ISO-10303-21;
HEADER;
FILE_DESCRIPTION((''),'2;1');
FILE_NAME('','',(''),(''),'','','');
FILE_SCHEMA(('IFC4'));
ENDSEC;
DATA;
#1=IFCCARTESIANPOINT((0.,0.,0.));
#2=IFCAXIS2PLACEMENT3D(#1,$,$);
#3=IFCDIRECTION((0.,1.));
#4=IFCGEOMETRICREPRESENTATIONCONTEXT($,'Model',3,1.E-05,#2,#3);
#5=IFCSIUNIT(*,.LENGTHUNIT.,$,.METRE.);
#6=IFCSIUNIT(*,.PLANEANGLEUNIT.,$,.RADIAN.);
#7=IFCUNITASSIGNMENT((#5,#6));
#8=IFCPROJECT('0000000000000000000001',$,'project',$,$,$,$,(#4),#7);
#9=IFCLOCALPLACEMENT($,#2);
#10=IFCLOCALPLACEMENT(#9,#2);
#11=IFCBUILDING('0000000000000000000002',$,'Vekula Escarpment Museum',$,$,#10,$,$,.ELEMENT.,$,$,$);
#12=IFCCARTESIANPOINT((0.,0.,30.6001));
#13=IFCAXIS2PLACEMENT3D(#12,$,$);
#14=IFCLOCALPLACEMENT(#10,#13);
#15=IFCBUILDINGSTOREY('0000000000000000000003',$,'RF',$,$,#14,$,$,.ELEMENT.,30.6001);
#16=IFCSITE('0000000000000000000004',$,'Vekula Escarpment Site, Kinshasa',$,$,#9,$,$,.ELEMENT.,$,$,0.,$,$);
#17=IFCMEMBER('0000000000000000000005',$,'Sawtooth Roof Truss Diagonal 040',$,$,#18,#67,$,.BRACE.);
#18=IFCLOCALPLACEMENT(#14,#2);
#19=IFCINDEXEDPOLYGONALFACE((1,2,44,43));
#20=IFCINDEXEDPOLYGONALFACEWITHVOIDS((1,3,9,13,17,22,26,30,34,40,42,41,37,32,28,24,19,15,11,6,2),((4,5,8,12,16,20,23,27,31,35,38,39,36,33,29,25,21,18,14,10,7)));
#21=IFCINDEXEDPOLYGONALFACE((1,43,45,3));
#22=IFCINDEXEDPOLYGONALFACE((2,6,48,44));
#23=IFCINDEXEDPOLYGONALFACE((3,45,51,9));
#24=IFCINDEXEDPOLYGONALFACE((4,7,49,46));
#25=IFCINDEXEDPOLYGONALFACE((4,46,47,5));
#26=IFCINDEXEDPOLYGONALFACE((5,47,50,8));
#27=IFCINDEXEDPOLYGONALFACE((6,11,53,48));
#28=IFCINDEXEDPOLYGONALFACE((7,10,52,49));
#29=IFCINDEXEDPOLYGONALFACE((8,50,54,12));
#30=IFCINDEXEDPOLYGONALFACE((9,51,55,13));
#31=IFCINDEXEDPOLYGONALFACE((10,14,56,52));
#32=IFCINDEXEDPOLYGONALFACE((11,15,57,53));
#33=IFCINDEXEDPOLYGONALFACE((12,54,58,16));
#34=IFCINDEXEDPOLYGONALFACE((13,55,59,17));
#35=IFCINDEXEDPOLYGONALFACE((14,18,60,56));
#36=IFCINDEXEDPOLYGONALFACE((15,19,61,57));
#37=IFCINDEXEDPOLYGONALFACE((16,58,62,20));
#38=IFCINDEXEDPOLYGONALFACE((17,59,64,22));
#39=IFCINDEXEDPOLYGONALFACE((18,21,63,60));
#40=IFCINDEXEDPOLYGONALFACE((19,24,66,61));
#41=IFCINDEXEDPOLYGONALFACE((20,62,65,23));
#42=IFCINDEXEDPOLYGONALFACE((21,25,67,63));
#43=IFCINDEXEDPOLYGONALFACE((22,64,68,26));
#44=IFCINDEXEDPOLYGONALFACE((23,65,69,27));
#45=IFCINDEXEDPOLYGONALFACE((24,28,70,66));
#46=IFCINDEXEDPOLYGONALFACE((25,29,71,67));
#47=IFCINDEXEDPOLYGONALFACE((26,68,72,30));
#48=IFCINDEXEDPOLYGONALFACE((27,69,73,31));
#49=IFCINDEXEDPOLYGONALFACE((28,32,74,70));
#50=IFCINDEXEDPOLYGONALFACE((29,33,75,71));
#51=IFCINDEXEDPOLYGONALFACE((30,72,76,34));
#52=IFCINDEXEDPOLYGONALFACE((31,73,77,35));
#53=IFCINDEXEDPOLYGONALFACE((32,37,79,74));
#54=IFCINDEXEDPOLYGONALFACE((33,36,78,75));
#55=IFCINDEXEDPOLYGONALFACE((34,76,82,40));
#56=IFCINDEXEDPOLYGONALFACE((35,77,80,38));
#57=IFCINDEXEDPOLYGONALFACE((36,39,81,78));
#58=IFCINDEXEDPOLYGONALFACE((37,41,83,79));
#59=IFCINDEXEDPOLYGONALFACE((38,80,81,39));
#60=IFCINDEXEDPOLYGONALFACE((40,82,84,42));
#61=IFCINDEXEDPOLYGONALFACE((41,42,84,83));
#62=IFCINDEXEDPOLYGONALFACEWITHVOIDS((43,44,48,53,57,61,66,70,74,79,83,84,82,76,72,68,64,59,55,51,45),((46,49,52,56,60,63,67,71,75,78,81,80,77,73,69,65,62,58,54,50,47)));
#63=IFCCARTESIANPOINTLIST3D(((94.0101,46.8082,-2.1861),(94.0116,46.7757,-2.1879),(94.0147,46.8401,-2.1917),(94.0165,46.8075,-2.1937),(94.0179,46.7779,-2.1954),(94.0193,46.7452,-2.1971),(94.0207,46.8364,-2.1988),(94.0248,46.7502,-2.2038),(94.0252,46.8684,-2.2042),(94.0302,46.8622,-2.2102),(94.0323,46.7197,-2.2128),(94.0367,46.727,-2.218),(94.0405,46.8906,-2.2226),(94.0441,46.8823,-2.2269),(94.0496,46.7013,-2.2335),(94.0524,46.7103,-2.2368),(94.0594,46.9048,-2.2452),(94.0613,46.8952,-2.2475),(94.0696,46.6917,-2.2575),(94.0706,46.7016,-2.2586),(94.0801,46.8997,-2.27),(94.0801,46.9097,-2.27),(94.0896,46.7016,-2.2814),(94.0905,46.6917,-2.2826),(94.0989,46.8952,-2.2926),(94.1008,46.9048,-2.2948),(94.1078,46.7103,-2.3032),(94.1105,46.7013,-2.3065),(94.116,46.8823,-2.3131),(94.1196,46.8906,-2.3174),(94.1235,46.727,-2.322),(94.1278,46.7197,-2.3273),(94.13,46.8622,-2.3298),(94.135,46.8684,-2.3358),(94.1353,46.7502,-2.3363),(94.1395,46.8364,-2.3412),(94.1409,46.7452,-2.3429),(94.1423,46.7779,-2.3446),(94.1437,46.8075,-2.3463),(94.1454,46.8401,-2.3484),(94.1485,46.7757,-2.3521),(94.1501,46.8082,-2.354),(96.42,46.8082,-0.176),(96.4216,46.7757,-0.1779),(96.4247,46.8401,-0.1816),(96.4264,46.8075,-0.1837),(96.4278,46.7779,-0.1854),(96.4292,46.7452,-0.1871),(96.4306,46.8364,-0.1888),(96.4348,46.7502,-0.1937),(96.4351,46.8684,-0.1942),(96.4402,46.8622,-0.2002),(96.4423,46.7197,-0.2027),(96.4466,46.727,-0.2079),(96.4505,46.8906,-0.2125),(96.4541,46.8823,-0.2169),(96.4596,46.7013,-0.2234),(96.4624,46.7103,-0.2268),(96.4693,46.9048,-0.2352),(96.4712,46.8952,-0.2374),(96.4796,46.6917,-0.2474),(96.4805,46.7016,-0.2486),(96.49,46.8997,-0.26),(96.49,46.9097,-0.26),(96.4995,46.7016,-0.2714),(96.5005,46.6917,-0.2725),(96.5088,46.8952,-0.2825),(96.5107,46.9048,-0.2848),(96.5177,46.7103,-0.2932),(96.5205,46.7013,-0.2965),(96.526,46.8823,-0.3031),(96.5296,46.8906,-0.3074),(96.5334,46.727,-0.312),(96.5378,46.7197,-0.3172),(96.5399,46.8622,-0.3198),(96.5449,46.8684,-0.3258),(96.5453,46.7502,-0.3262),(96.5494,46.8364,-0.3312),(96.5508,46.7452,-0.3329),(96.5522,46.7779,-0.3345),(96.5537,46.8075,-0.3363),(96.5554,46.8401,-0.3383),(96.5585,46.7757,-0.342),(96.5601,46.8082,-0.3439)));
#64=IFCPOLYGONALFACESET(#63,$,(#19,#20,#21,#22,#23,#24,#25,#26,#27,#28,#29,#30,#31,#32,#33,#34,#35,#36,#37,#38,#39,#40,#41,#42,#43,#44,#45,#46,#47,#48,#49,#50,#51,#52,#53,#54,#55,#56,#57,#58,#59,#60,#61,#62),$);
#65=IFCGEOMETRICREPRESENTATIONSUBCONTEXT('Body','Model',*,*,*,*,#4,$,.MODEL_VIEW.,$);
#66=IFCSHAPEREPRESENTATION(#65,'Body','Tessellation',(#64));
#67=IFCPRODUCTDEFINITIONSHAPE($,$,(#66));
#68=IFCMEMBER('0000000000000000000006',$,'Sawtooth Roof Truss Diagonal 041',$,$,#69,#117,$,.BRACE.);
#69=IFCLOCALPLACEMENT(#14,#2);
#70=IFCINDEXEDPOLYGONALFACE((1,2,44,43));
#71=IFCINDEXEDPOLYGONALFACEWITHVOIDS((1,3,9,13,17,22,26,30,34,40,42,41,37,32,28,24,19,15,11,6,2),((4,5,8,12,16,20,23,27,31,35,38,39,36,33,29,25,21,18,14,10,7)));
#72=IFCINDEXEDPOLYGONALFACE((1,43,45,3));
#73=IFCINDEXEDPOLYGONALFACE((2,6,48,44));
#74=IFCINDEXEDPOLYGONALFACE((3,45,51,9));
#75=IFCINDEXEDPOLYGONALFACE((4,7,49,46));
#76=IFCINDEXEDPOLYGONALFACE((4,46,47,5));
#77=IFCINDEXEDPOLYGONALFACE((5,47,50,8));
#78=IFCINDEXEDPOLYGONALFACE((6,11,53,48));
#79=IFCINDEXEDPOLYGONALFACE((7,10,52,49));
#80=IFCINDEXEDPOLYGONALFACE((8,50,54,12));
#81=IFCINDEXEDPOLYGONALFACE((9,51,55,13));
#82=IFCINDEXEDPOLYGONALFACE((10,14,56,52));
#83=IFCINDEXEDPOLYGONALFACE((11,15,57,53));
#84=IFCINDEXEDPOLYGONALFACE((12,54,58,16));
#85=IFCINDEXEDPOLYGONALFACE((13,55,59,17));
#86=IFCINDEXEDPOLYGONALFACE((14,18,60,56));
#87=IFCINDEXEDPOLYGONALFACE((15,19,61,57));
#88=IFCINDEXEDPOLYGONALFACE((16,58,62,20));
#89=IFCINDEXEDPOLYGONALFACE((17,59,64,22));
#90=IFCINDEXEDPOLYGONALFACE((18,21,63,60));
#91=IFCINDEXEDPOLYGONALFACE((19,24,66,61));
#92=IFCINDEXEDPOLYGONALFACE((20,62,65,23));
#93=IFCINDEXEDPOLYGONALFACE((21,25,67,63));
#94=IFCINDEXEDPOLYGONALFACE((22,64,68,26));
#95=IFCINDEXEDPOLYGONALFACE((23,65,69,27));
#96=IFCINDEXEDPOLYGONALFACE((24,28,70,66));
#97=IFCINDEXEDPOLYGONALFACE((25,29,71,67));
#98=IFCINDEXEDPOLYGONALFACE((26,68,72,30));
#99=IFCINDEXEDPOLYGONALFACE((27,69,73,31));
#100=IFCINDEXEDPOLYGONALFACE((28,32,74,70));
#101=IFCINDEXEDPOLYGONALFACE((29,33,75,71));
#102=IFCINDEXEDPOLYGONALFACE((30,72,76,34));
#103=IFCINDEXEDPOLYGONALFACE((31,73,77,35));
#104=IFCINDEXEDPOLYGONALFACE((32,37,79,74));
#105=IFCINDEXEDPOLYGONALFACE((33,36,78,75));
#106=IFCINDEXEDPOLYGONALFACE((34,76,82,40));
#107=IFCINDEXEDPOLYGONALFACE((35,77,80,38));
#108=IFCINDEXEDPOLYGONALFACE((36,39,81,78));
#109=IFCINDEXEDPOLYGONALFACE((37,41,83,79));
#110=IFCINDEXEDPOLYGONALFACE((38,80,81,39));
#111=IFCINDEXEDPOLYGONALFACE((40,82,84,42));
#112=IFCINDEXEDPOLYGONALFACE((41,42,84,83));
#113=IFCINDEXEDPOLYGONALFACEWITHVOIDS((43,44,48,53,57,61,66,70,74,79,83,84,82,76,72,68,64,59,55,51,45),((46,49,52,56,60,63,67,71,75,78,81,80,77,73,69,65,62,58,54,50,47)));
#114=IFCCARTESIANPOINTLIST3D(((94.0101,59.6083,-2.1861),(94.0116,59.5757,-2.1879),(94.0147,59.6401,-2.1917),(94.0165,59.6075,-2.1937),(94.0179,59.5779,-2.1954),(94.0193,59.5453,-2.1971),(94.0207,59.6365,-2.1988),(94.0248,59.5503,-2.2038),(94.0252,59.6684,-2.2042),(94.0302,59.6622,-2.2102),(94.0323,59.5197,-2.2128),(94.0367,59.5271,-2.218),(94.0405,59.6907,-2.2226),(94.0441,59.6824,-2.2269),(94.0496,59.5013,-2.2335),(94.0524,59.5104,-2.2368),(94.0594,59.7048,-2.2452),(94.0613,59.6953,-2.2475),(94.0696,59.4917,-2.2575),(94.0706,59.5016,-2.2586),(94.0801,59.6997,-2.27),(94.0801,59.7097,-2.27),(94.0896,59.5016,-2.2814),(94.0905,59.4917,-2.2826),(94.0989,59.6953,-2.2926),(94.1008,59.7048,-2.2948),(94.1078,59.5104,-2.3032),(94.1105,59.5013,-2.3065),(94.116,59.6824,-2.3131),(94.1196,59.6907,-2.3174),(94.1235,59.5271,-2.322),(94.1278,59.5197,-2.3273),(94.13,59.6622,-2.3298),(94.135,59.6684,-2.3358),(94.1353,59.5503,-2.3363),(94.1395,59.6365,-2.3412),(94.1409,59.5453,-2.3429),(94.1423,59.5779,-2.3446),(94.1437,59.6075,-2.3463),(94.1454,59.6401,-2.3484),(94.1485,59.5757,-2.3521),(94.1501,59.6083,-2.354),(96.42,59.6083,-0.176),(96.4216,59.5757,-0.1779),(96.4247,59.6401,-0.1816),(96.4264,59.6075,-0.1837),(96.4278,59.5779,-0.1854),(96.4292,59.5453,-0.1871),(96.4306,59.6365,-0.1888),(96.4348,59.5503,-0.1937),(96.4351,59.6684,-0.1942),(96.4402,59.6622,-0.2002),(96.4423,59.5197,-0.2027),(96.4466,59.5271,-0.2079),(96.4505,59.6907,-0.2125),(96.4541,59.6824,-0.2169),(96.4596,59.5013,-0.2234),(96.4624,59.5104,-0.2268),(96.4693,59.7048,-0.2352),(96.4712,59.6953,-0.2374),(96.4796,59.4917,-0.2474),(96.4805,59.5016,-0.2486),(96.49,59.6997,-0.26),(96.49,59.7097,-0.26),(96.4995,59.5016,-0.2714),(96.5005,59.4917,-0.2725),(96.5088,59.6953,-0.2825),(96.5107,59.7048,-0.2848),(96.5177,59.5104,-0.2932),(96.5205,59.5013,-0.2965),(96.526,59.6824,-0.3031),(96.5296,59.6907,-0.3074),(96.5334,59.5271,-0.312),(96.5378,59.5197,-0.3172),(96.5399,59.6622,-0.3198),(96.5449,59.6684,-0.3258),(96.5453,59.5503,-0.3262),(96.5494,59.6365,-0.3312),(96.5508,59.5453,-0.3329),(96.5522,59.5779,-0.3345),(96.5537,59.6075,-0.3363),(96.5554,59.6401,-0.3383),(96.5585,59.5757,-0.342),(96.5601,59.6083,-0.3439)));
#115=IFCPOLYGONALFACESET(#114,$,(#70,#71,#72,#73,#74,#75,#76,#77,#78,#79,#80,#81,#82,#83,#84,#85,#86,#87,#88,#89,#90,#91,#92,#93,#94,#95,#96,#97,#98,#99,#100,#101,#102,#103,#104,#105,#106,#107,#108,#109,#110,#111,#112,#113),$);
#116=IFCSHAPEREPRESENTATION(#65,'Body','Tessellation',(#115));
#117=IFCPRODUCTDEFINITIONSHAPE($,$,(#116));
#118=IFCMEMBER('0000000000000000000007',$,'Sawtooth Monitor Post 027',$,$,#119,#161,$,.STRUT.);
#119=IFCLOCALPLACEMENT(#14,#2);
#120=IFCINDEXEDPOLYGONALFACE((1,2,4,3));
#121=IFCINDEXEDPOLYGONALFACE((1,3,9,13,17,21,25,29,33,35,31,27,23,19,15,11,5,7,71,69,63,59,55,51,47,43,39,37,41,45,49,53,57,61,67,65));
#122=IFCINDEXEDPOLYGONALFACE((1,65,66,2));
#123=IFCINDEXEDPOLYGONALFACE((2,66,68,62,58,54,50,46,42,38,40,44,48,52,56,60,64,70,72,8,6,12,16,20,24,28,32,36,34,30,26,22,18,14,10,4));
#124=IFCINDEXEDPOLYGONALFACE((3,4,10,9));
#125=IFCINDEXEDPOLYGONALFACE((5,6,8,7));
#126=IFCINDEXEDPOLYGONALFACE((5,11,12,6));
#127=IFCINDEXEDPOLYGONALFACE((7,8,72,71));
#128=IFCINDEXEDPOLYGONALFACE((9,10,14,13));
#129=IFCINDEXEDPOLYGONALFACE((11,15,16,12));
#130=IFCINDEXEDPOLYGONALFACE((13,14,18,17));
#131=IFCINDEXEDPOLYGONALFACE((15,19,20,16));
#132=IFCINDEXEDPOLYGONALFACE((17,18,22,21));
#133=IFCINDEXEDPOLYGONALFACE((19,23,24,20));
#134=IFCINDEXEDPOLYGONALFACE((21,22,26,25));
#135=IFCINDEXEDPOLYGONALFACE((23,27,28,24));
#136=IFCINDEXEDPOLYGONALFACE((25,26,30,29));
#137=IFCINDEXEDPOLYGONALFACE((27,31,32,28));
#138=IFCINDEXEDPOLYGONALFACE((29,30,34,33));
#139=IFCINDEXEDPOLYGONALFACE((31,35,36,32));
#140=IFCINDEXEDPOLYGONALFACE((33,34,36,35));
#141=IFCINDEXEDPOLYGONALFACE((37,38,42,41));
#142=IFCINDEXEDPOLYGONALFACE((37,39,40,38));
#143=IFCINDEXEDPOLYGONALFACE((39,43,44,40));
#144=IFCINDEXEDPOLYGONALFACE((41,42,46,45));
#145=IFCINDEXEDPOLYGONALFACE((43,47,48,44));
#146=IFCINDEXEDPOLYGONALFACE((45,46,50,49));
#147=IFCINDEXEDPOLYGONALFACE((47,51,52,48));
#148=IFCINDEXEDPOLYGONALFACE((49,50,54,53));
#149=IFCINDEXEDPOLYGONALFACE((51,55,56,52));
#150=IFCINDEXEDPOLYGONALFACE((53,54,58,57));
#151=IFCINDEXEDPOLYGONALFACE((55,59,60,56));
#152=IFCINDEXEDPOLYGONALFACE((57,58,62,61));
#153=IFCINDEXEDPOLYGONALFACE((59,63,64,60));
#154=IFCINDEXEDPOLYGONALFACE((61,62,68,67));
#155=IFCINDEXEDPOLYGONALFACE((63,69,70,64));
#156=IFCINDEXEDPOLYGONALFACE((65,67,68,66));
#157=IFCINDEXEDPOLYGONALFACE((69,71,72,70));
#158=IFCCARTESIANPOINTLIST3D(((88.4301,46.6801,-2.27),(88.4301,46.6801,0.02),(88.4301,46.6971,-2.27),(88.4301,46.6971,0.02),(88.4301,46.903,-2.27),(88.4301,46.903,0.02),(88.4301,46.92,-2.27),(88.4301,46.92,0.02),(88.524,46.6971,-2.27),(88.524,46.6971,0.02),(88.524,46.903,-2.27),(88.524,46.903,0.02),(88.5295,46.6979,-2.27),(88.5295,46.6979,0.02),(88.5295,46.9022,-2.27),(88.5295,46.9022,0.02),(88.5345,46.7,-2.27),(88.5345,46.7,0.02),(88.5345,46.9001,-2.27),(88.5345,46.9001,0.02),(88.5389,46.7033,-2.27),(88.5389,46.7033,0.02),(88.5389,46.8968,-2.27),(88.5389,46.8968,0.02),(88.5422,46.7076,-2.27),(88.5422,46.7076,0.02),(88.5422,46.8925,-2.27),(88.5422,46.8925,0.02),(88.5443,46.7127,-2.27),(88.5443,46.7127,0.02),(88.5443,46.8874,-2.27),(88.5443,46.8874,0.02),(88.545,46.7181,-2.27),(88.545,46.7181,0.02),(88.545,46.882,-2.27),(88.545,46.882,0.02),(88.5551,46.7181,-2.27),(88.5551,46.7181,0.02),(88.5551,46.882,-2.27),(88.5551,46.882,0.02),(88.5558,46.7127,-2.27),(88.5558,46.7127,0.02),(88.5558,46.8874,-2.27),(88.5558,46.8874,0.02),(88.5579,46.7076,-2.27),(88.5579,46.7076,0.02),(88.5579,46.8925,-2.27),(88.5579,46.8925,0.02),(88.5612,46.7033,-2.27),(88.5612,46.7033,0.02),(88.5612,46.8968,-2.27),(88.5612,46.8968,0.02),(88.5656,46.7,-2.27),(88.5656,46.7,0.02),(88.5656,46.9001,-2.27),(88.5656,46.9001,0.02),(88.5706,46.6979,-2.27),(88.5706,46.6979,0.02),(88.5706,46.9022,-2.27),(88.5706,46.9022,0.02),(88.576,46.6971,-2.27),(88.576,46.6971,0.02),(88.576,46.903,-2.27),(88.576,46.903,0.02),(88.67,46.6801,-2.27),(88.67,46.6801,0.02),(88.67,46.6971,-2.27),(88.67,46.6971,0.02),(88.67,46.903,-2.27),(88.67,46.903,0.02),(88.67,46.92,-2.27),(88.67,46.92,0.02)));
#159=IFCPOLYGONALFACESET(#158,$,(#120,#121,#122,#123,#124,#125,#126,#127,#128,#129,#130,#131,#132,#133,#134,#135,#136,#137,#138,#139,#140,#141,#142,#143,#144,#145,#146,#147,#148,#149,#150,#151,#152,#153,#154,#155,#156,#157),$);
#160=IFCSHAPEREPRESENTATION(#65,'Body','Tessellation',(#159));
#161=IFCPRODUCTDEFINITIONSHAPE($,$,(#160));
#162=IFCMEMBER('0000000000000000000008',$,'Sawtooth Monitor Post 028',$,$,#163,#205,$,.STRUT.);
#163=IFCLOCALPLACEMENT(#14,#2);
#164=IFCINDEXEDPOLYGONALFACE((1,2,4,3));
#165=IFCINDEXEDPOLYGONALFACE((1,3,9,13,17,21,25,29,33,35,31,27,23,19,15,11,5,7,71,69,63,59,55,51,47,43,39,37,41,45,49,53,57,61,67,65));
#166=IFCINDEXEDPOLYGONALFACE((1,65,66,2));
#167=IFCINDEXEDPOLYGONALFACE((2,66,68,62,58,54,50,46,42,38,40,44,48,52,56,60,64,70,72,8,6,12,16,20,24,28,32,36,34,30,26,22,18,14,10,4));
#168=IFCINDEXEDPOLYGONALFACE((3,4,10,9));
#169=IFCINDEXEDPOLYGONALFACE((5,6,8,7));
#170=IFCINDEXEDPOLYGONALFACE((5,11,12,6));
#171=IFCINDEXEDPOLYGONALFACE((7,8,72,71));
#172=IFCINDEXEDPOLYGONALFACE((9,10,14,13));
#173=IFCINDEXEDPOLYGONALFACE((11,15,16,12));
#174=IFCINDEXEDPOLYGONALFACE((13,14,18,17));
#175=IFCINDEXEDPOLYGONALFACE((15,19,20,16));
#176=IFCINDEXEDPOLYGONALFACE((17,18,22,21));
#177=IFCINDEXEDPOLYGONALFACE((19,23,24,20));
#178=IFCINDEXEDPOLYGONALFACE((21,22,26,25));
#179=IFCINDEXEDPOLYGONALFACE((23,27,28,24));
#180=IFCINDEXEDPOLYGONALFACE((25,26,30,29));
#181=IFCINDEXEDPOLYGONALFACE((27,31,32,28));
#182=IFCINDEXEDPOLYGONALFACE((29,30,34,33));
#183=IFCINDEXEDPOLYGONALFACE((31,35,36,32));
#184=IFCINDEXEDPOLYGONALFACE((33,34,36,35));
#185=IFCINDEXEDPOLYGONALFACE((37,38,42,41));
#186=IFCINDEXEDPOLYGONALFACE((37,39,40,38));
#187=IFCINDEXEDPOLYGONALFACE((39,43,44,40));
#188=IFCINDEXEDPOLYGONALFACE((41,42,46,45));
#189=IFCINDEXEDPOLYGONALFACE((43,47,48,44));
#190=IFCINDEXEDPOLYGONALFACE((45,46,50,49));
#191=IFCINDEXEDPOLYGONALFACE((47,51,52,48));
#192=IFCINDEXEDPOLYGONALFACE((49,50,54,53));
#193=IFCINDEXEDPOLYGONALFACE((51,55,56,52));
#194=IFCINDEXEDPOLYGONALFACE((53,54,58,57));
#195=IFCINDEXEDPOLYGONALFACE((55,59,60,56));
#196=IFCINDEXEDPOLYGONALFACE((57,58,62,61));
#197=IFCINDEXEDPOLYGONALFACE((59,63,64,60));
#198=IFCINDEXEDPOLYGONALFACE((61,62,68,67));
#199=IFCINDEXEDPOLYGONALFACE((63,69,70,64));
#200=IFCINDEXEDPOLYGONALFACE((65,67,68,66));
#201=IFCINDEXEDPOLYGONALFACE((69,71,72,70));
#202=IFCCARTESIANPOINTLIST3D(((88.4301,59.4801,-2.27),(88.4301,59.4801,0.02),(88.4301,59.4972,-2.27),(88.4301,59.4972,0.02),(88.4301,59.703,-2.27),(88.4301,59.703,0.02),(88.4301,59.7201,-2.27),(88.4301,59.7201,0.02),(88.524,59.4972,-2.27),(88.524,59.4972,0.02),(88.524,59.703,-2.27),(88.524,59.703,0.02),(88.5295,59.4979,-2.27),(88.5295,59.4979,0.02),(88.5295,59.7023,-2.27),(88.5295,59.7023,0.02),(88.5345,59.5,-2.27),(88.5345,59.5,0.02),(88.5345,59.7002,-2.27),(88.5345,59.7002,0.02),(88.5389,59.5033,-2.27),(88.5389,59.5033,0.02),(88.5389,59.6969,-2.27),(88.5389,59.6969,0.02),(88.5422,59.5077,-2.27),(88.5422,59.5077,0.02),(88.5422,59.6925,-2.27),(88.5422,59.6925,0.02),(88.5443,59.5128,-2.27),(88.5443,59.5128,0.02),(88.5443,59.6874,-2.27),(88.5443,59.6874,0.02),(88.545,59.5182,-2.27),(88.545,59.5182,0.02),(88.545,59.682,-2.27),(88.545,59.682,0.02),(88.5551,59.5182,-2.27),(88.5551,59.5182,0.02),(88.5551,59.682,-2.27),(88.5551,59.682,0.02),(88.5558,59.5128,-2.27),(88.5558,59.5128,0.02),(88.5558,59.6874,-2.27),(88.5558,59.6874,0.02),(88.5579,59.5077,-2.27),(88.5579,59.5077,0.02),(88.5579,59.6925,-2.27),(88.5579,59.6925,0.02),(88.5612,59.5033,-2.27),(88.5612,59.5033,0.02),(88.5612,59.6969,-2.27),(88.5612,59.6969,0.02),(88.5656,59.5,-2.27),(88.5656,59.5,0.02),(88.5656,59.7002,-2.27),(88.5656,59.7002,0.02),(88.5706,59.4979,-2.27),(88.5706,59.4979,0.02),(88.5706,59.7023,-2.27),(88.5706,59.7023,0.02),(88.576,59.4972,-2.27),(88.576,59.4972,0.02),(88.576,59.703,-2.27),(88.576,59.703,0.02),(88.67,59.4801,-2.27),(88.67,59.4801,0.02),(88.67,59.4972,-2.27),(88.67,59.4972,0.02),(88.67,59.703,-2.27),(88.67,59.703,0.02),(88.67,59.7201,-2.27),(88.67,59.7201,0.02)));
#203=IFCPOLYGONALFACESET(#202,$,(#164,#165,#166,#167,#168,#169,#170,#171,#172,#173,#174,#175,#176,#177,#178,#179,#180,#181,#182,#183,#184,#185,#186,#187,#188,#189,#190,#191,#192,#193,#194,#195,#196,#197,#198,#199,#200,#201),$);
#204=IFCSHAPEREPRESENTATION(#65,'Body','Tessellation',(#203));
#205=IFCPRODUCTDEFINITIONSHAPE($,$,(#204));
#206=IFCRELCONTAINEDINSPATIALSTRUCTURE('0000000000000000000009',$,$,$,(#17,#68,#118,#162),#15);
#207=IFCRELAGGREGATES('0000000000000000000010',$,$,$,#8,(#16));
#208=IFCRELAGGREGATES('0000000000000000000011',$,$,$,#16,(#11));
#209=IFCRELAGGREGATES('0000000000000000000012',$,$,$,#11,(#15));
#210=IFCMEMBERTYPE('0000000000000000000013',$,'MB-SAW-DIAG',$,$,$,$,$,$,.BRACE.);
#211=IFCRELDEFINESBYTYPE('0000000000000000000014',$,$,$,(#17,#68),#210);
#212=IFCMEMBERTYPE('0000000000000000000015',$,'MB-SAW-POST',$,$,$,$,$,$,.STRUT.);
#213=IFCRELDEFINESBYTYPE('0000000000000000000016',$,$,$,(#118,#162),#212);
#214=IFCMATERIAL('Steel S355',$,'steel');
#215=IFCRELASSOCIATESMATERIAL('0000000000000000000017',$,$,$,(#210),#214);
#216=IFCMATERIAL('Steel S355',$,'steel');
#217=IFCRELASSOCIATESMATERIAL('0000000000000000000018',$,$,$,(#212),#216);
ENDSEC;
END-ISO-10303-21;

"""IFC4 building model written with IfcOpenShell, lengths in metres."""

from ifc_helpers import new_model, si_unit, direction, frame, origin, origin_2d, place, context, subcontext, project, spatial, hollow_circle, i_section, extrude, material, material_profile, profile_set, type_object, element, save


model = new_model("IFC4")

# Units and contexts
model_context = context("Model", 3, precision=1e-05, world=origin(), true_north=direction((0.0, 1.0)))
body_context = subcontext(model_context, "Body", "Model", "MODEL_VIEW")
ifc_project = project(units=[si_unit("LENGTHUNIT", "METRE"), si_unit("PLANEANGLEUNIT", "RADIAN")], contexts=[model_context])

# Site, building, storey
site_placement = place(None, origin())
site = spatial("IfcSite", under=ifc_project, at=site_placement, Name="Vekula Escarpment Site, Kinshasa", CompositionType="ELEMENT", RefElevation=0.0)
building_placement = place(site_placement, origin())
building = spatial("IfcBuilding", under=site, at=building_placement, Name="Vekula Escarpment Museum", CompositionType="ELEMENT")
storey_placement = place(building_placement, frame((0.0, 0.0, 30.6001)))
storey = spatial("IfcBuildingStorey", under=building, at=storey_placement, Name="RF", CompositionType="ELEMENT", Elevation=30.6001)

# Members
ifc_material_1 = material(Name="Steel S355", Category="steel")
ifc_material_profile_1 = material_profile(ifc_material_1, hollow_circle(Radius=0.1096, WallThickness=0.01, at=origin_2d()), Name="CHS 219.1x10")
ifc_profile_set_1 = profile_set([ifc_material_profile_1], Name="Steel S355")
member_type_1 = type_object("IfcMemberType", Name="MB-SAW-DIAG", PredefinedType="BRACE", material=ifc_profile_set_1)
for number, where, z_axis, x_axis, name in (
    (1, (94.0801, 46.8, -2.27), (0.767947, 0.0, 0.640513), (0.0, 1.0, 0.0), "Sawtooth Roof Truss Diagonal 040"),
    (2, (94.0801, 59.6001, -2.27), (0.767947, 0.0, 0.640513), (0.0, 1.0, 0.0), "Sawtooth Roof Truss Diagonal 041"),
):
    element("IfcMember", number, at=place(storey_placement, frame(where, z_axis=z_axis, x_axis=x_axis)), inside=storey, type_object=member_type_1, Name=name, PredefinedType="BRACE", context=body_context, shape_type="SweptSolid", body=[
        extrude(hollow_circle(Radius=0.1096, WallThickness=0.01, at=origin_2d()), origin(), (0.0, 0.0, 1.0), 3.1382),
    ])
ifc_material_2 = material(Name="Steel S355", Category="steel")
ifc_material_profile_2 = material_profile(ifc_material_2, i_section(OverallWidth=0.24, OverallDepth=0.24, WebThickness=0.01, FlangeThickness=0.0171, FilletRadius=0.021, at=origin_2d()), Name="HEB 240")
ifc_profile_set_2 = profile_set([ifc_material_profile_2], Name="Steel S355")
member_type_2 = type_object("IfcMemberType", Name="MB-SAW-POST", PredefinedType="STRUT", material=ifc_profile_set_2)
for number, where, z_axis, x_axis, name in (
    (3, (88.55, 46.8, -2.27), (0.0, 0.0, 1.0), (1.0, 0.0, 0.0), "Sawtooth Monitor Post 027"),
    (4, (88.55, 59.6001, -2.27), (0.0, 0.0, 1.0), (1.0, 0.0, 0.0), "Sawtooth Monitor Post 028"),
):
    element("IfcMember", number, at=place(storey_placement, frame(where, z_axis=z_axis, x_axis=x_axis)), inside=storey, type_object=member_type_2, Name=name, PredefinedType="STRUT", context=body_context, shape_type="SweptSolid", body=[
        extrude(i_section(OverallWidth=0.24, OverallDepth=0.24, WebThickness=0.01, FlangeThickness=0.0171, FilletRadius=0.021, at=origin_2d()), origin(), (0.0, 0.0, 1.0), 2.29),
    ])

save(model, "model.ifc")
